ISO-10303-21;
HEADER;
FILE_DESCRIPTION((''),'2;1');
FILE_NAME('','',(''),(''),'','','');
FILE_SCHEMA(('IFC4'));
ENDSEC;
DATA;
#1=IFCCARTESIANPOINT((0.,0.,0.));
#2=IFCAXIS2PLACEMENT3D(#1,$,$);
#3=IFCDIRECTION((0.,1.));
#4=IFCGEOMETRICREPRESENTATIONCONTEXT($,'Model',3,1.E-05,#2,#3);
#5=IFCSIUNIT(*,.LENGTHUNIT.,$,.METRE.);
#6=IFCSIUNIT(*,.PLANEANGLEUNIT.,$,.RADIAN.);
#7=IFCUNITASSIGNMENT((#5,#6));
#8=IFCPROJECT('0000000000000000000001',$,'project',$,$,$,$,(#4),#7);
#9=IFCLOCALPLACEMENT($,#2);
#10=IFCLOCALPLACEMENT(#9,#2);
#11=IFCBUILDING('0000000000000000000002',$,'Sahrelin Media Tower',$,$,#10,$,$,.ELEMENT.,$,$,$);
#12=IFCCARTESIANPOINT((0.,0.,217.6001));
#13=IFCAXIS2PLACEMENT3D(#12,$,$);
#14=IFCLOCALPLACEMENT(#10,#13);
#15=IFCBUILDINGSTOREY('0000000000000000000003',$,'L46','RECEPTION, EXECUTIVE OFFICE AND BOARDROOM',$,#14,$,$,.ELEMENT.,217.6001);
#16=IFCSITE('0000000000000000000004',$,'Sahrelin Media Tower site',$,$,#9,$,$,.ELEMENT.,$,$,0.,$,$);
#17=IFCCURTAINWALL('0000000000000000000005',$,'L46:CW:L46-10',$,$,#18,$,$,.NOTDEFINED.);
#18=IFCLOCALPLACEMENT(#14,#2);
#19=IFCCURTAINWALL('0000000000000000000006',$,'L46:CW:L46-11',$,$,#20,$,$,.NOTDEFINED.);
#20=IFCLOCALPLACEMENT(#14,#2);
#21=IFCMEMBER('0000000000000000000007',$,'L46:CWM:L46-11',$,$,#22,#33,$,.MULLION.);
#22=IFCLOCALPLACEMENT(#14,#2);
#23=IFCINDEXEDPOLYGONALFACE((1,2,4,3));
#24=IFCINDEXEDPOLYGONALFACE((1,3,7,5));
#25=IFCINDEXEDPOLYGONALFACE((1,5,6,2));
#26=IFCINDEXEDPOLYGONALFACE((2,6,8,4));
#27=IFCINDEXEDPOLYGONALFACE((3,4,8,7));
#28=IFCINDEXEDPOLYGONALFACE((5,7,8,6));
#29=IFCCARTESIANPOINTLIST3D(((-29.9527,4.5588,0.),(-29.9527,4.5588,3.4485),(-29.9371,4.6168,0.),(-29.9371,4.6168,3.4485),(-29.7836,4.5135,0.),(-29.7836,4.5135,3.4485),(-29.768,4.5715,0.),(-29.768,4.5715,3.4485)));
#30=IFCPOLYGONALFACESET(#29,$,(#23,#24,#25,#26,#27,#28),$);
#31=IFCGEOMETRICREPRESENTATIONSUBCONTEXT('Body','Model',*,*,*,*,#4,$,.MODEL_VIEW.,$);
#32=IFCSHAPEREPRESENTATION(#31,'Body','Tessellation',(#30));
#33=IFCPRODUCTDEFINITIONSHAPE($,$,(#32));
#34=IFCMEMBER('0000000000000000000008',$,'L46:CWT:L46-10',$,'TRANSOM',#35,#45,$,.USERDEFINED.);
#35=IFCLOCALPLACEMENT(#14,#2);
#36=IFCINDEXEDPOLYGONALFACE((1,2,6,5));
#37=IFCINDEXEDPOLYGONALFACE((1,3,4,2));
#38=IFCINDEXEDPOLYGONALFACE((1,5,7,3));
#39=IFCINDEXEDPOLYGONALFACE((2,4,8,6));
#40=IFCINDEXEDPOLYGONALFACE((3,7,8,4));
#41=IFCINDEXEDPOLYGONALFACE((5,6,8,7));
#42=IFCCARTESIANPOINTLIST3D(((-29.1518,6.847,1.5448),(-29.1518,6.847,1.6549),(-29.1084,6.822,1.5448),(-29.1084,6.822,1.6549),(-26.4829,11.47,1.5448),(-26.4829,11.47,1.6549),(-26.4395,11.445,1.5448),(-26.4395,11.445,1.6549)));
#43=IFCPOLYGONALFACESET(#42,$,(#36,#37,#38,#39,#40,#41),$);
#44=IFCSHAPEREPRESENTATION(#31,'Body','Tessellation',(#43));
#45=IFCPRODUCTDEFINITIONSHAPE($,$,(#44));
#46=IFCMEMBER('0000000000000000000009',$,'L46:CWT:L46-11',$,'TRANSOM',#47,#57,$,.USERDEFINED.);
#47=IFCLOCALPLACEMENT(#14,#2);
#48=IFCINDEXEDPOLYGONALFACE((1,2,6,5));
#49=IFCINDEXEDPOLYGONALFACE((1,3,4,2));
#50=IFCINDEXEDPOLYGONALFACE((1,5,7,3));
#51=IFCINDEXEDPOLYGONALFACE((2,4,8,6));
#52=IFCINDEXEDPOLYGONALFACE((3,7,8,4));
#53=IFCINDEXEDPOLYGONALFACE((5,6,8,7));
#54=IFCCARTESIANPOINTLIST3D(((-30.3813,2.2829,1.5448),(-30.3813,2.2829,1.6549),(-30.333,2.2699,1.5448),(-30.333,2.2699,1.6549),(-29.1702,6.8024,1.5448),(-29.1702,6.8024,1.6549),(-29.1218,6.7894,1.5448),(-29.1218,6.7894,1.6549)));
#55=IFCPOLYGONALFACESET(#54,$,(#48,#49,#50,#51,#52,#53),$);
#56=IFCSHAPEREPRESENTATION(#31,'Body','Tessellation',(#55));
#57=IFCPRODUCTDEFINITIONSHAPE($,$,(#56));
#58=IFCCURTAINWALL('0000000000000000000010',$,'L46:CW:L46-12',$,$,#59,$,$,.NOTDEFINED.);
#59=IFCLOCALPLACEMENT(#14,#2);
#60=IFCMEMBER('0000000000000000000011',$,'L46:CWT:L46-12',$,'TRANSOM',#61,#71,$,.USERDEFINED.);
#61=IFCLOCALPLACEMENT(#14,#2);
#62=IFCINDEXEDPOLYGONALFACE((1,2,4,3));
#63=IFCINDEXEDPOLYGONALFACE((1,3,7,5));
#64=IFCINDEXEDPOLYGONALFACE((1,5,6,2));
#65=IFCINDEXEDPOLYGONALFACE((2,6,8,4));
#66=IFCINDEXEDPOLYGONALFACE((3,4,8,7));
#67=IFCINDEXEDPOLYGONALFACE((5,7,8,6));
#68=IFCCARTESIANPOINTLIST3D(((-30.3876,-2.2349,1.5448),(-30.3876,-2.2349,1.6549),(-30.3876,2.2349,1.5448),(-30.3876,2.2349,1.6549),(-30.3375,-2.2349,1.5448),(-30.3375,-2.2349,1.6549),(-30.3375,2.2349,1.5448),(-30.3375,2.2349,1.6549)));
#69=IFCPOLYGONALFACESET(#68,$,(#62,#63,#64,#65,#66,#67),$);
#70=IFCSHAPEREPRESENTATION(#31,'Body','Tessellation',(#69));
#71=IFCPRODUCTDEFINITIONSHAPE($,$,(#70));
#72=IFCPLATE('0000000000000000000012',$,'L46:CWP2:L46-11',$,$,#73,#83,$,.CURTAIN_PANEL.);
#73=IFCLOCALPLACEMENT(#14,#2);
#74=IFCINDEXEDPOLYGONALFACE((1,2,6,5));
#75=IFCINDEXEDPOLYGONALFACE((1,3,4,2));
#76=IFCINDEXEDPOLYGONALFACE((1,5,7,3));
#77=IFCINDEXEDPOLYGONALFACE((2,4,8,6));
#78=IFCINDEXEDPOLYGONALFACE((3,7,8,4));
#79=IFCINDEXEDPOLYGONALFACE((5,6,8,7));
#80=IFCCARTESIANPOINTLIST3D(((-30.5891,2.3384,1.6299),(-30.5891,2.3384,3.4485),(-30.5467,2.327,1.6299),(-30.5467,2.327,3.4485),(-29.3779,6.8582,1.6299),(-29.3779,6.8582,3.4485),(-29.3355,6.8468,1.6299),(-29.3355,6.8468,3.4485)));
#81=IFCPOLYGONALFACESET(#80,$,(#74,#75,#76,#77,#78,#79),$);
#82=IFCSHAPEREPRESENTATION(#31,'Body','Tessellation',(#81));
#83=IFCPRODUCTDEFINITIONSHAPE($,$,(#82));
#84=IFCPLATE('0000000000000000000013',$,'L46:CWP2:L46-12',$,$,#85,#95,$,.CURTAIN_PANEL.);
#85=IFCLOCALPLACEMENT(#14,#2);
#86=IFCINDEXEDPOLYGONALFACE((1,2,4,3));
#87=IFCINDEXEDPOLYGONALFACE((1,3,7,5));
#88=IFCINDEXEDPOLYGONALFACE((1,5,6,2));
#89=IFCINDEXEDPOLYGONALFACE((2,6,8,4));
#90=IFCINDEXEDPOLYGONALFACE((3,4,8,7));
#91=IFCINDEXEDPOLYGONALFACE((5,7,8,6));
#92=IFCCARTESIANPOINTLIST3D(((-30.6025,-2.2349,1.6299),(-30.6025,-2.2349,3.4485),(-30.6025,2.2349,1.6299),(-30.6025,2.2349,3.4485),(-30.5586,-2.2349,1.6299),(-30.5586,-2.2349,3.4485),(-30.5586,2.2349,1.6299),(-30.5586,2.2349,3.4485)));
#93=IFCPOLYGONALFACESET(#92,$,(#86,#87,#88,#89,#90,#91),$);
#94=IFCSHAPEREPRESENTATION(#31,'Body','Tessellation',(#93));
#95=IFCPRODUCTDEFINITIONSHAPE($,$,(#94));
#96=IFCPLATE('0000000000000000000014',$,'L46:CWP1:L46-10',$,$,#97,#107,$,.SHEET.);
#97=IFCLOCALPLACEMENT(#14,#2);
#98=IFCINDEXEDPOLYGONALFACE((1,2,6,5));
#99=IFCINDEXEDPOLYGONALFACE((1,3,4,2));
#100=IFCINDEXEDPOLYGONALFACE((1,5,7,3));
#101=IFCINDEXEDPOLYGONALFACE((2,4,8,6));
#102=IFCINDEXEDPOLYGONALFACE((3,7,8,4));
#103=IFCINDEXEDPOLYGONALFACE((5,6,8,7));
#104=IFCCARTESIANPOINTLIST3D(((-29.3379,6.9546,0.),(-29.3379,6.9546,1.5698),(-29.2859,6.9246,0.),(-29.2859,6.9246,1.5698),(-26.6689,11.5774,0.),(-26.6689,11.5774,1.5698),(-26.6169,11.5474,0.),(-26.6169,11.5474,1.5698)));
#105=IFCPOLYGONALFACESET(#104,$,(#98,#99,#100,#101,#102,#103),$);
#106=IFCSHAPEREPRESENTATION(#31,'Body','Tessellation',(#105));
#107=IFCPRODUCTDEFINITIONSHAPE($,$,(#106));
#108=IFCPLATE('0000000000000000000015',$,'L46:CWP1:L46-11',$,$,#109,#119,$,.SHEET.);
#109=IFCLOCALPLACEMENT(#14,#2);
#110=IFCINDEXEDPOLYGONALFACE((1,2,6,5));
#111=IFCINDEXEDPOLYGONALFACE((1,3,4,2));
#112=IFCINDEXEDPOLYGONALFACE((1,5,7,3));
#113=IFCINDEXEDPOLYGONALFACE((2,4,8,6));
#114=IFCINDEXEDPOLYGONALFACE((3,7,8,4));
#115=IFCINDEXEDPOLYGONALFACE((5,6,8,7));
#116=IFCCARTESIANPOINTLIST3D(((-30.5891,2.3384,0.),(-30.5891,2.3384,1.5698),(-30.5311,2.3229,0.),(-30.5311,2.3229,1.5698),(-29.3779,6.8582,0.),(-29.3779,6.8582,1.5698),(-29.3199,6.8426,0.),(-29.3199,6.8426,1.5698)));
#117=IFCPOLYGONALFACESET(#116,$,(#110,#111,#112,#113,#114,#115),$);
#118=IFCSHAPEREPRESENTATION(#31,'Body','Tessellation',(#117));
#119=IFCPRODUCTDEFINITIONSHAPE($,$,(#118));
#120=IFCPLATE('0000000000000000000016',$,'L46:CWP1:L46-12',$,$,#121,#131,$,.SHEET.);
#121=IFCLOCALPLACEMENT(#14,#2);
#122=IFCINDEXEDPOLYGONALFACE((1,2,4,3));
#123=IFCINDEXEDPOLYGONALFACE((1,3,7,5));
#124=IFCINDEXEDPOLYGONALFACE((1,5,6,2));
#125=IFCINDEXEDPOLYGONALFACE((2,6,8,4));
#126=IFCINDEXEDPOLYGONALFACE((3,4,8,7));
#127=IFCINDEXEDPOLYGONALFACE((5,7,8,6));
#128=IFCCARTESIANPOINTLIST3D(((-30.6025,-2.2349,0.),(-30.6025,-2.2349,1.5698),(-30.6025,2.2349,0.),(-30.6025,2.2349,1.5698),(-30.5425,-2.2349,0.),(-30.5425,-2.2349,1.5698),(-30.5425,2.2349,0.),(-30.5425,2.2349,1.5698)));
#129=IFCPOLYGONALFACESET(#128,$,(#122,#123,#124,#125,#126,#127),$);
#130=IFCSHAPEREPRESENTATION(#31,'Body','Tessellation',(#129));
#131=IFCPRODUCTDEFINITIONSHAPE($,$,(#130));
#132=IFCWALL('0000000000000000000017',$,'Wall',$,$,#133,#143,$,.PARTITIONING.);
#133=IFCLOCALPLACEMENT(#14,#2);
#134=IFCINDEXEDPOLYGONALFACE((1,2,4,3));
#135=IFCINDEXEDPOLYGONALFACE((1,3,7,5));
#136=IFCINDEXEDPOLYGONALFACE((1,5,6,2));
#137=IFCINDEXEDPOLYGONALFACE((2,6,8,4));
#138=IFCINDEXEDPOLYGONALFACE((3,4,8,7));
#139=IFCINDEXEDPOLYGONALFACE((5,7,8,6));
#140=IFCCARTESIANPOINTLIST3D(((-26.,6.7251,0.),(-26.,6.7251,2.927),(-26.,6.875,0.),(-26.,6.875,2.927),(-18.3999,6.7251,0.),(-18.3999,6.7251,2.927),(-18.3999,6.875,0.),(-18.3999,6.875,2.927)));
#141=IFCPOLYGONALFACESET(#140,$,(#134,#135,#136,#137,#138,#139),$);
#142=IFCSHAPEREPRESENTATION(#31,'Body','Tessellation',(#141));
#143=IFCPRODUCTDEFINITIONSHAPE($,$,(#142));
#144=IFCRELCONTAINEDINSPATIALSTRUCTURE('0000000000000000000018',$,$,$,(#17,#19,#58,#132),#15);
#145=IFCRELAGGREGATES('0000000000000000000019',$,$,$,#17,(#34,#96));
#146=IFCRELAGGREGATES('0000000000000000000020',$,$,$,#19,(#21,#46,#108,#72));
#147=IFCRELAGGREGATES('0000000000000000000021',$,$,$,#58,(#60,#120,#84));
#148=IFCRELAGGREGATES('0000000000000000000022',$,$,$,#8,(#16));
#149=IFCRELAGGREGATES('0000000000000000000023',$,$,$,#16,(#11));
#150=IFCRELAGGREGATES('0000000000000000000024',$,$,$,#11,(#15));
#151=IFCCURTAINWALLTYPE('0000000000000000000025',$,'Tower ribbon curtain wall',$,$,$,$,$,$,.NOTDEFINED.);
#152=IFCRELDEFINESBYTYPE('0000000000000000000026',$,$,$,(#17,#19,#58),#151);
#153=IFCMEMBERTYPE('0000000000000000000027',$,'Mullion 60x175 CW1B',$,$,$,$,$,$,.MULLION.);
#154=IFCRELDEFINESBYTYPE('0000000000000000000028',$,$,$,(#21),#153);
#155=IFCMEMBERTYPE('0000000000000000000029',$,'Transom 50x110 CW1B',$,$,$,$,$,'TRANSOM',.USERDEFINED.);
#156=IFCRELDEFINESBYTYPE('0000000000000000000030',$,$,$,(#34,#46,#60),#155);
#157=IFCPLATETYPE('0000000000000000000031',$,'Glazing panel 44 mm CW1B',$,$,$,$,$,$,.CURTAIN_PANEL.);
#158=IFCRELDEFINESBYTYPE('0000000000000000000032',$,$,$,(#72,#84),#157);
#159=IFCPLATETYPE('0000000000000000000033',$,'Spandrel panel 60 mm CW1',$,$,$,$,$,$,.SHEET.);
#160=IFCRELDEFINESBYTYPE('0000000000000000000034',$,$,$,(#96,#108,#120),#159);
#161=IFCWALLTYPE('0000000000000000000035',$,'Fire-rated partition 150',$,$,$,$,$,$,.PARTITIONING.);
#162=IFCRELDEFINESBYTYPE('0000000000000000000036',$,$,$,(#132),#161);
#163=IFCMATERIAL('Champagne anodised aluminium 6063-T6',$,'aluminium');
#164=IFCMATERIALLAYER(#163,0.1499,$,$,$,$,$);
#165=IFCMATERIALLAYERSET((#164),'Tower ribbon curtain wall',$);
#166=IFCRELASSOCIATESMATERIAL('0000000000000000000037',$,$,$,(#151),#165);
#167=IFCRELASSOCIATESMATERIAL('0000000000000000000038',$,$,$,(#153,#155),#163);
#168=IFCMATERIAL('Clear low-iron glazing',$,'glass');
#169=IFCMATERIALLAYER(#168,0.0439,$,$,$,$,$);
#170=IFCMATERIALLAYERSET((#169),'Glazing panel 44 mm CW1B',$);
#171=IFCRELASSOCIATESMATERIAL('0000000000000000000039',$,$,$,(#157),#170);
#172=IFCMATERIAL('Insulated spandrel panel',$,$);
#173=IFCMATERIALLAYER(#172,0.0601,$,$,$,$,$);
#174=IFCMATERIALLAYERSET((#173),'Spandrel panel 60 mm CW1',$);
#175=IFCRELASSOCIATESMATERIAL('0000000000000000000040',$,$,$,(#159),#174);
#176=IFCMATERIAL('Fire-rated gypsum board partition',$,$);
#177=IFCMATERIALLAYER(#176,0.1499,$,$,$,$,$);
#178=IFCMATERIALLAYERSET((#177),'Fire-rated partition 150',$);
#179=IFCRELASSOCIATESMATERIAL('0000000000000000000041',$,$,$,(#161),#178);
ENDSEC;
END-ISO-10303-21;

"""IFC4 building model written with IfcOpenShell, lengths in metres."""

from ifc_helpers import new_model, si_unit, direction, frame, frame_2d, origin, origin_2d, place, context, subcontext, project, spatial, polyline, rectangle, outline, extrude, material, layer, layer_set, material_profile, profile_set, type_object, element, aggregate, save


model = new_model("IFC4")

# Units and contexts
model_context = context("Model", 3, precision=1e-05, world=origin(), true_north=direction((0.0, 1.0)))
body_context = subcontext(model_context, "Body", "Model", "MODEL_VIEW")
ifc_project = project(units=[si_unit("LENGTHUNIT", "METRE"), si_unit("PLANEANGLEUNIT", "RADIAN")], contexts=[model_context])

# Site, building, storey
site_placement = place(None, origin())
site = spatial("IfcSite", under=ifc_project, at=site_placement, Name="Sahrelin Media Tower site", CompositionType="ELEMENT", RefElevation=0.0)
building_placement = place(site_placement, origin())
building = spatial("IfcBuilding", under=site, at=building_placement, Name="Sahrelin Media Tower", CompositionType="ELEMENT")
storey_placement = place(building_placement, frame((0.0, 0.0, 217.6001)))
storey = spatial("IfcBuildingStorey", under=building, at=storey_placement, Name="L46", Description="RECEPTION, EXECUTIVE OFFICE AND BOARDROOM", CompositionType="ELEMENT", Elevation=217.6001)

# Curtain walls, member
ifc_material_1 = material(Name="Champagne anodised aluminium 6063-T6", Category="aluminium")
ifc_layer_1 = layer(ifc_material_1, 0.1499)
ifc_layer_set_1 = layer_set([ifc_layer_1], Name="Tower ribbon curtain wall")
curtain_wall_type = type_object("IfcCurtainWallType", Name="Tower ribbon curtain wall", PredefinedType="NOTDEFINED", material=ifc_layer_set_1)
curtain_wall_1_placement = place(storey_placement, frame((-27.9861, 9.2561, 0.0), z_axis=(0.0, 0.0, 1.0), x_axis=(1.0, 0.0, 0.0)))
curtain_wall_1 = element("IfcCurtainWall", 1, at=curtain_wall_1_placement, inside=storey, type_object=curtain_wall_type, Name="L46:CW:L46-10", PredefinedType="NOTDEFINED")
ifc_material_profile_1 = material_profile(ifc_material_1, rectangle(XDim=0.0601, YDim=0.175, at=origin_2d()), Name="Mullion 60x175")
ifc_profile_set_1 = profile_set([ifc_material_profile_1], Name="Champagne anodised aluminium 6063-T6")
member_type_1 = type_object("IfcMemberType", Name="Mullion 60x175 CW1B", PredefinedType="MULLION", material=ifc_profile_set_1)
curtain_wall_2_placement = place(storey_placement, frame((-29.9641, 4.593, 0.0), z_axis=(0.0, 0.0, 1.0), x_axis=(1.0, 0.0, 0.0)))
curtain_wall_2 = element("IfcCurtainWall", 2, at=curtain_wall_2_placement, inside=storey, type_object=curtain_wall_type, Name="L46:CW:L46-11", PredefinedType="NOTDEFINED")
member_1_placement = place(storey_placement, frame((-29.8604, 4.5652, 0.0), z_axis=(0.0, 0.0, 1.0), x_axis=(-0.258812, -0.965928, 0.0)))
member_1 = element("IfcMember", 3, at=member_1_placement, type_object=member_type_1, Name="L46:CWM:L46-11", PredefinedType="MULLION", context=body_context, shape_type="SweptSolid", body=[
    extrude(rectangle(XDim=0.0601, YDim=0.175, at=origin_2d()), origin(), (0.0, 0.0, 1.0), 3.4485),
])

# Members
ifc_material_profile_2 = material_profile(ifc_material_1, rectangle(XDim=0.05, YDim=0.1101, at=origin_2d()), Name="Transom 50x110")
ifc_profile_set_2 = profile_set([ifc_material_profile_2], Name="Champagne anodised aluminium 6063-T6")
member_type_2 = type_object("IfcMemberType", Name="Transom 50x110 CW1B", ElementType="TRANSOM", PredefinedType="USERDEFINED", material=ifc_profile_set_2)
member_2_placement = place(storey_placement, frame((-26.4612, 11.4575, 1.5999), z_axis=(-0.499976, -0.866039, 0.0), x_axis=(0.866039, -0.499976, 0.0)))
member_2 = element("IfcMember", 4, at=member_2_placement, type_object=member_type_2, Name="L46:CWT:L46-10", ObjectType="TRANSOM", PredefinedType="USERDEFINED", context=body_context, shape_type="SweptSolid", body=[
    extrude(rectangle(XDim=0.05, YDim=0.1101, at=origin_2d()), origin(), (0.0, 0.0, 1.0), 5.3381),
])
member_3_placement = place(storey_placement, frame((-29.146, 6.7959, 1.5999), z_axis=(-0.258854, -0.965916, 0.0), x_axis=(0.965916, -0.258854, 0.0)))
member_3 = element("IfcMember", 5, at=member_3_placement, type_object=member_type_2, Name="L46:CWT:L46-11", ObjectType="TRANSOM", PredefinedType="USERDEFINED", context=body_context, shape_type="SweptSolid", body=[
    extrude(rectangle(XDim=0.05, YDim=0.1101, at=origin_2d()), origin(), (0.0, 0.0, 1.0), 4.679),
])

# Curtain wall, member
curtain_wall_3_placement = place(storey_placement, frame((-30.5825, 0.0, 0.0), z_axis=(0.0, 0.0, 1.0), x_axis=(1.0, 0.0, 0.0)))
curtain_wall_3 = element("IfcCurtainWall", 6, at=curtain_wall_3_placement, inside=storey, type_object=curtain_wall_type, Name="L46:CW:L46-12", PredefinedType="NOTDEFINED")
member_4_placement = place(storey_placement, frame((-30.3625, 2.2349, 1.5999), z_axis=(0.0, -1.0, 0.0), x_axis=(1.0, 0.0, 0.0)))
member_4 = element("IfcMember", 7, at=member_4_placement, type_object=member_type_2, Name="L46:CWT:L46-12", ObjectType="TRANSOM", PredefinedType="USERDEFINED", context=body_context, shape_type="SweptSolid", body=[
    extrude(rectangle(XDim=0.05, YDim=0.1101, at=origin_2d()), origin(), (0.0, 0.0, 1.0), 4.4697),
])

# Plates
ifc_material_2 = material(Name="Clear low-iron glazing", Category="glass")
ifc_layer_2 = layer(ifc_material_2, 0.0439)
ifc_layer_set_2 = layer_set([ifc_layer_2], Name="Glazing panel 44 mm CW1B")
plate_type_1 = type_object("IfcPlateType", Name="Glazing panel 44 mm CW1B", PredefinedType="CURTAIN_PANEL", material=ifc_layer_set_2)
plate_1_placement = place(storey_placement, frame((-29.3779, 6.8582, 1.6299), z_axis=(-0.96592, 0.258841, 0.0), x_axis=(-0.258841, -0.96592, 0.0)))
plate_1 = element("IfcPlate", 8, at=plate_1_placement, type_object=plate_type_1, Name="L46:CWP2:L46-11", PredefinedType="CURTAIN_PANEL", context=body_context, shape_type="SweptSolid", body=[
    extrude(outline(polyline([(0.0, 0.0), (4.6792, 0.0), (4.6792, 1.8186), (0.0, 1.8186), (0.0, 0.0)])), origin(), (0.0, 0.0, -1.0), 0.0439),
])
plate_2_placement = place(storey_placement, frame((-30.6025, 2.2349, 1.6299), z_axis=(-1.0, 0.0, 0.0), x_axis=(0.0, -1.0, 0.0)))
plate_2 = element("IfcPlate", 9, at=plate_2_placement, type_object=plate_type_1, Name="L46:CWP2:L46-12", PredefinedType="CURTAIN_PANEL", context=body_context, shape_type="SweptSolid", body=[
    extrude(outline(polyline([(0.0, 0.0), (4.4697, 0.0), (4.4697, 1.8186), (0.0, 1.8186), (0.0, 0.0)])), origin(), (0.0, 0.0, -1.0), 0.0439),
])
ifc_material_3 = material(Name="Insulated spandrel panel")
ifc_layer_3 = layer(ifc_material_3, 0.0601)
ifc_layer_set_3 = layer_set([ifc_layer_3], Name="Spandrel panel 60 mm CW1")
plate_type_2 = type_object("IfcPlateType", Name="Spandrel panel 60 mm CW1", PredefinedType="SHEET", material=ifc_layer_set_3)
plate_3_placement = place(storey_placement, frame((-26.6689, 11.5774, 0.0), z_axis=(-0.866028, 0.499996, 0.0), x_axis=(-0.499996, -0.866028, 0.0)))
plate_3 = element("IfcPlate", 10, at=plate_3_placement, type_object=plate_type_2, Name="L46:CWP1:L46-10", PredefinedType="SHEET", context=body_context, shape_type="SweptSolid", body=[
    extrude(outline(polyline([(0.0, 0.0), (5.3379, 0.0), (5.3379, 1.5698), (0.0, 1.5698), (0.0, 0.0)])), origin(), (0.0, 0.0, -1.0), 0.0601),
])
aggregate(curtain_wall_1, [member_2, plate_3])
plate_4_placement = place(storey_placement, frame((-29.3779, 6.8582, 0.0), z_axis=(-0.96592, 0.258841, 0.0), x_axis=(-0.258841, -0.96592, 0.0)))
plate_4 = element("IfcPlate", 11, at=plate_4_placement, type_object=plate_type_2, Name="L46:CWP1:L46-11", PredefinedType="SHEET", context=body_context, shape_type="SweptSolid", body=[
    extrude(outline(polyline([(0.0, 0.0), (4.6792, 0.0), (4.6792, 1.5698), (0.0, 1.5698), (0.0, 0.0)])), origin(), (0.0, 0.0, -1.0), 0.0601),
])
aggregate(curtain_wall_2, [member_1, member_3, plate_4, plate_1])
plate_5_placement = place(storey_placement, frame((-30.6025, 2.2349, 0.0), z_axis=(-1.0, 0.0, 0.0), x_axis=(0.0, -1.0, 0.0)))
plate_5 = element("IfcPlate", 12, at=plate_5_placement, type_object=plate_type_2, Name="L46:CWP1:L46-12", PredefinedType="SHEET", context=body_context, shape_type="SweptSolid", body=[
    extrude(outline(polyline([(0.0, 0.0), (4.4697, 0.0), (4.4697, 1.5698), (0.0, 1.5698), (0.0, 0.0)])), origin(), (0.0, 0.0, -1.0), 0.0601),
])
aggregate(curtain_wall_3, [member_4, plate_5, plate_2])

# Wall
ifc_material_4 = material(Name="Fire-rated gypsum board partition")
ifc_layer_4 = layer(ifc_material_4, 0.1499)
ifc_layer_set_4 = layer_set([ifc_layer_4], Name="Fire-rated partition 150")
wall_type_1 = type_object("IfcWallType", Name="Fire-rated partition 150", PredefinedType="PARTITIONING", material=ifc_layer_set_4)
wall_1_placement = place(storey_placement, frame((-26.0, 6.8, 0.0), z_axis=(0.0, 0.0, 1.0), x_axis=(1.0, 0.0, 0.0)))
element("IfcWall", 13, at=wall_1_placement, inside=storey, type_object=wall_type_1, Name="Wall", PredefinedType="PARTITIONING", context=body_context, shape_type="SweptSolid", body=[
    extrude(rectangle(XDim=7.6001, YDim=0.1499, at=frame_2d((3.8, 0.0))), origin(), (0.0, 0.0, 1.0), 2.927),
])

save(model, "model.ifc")
